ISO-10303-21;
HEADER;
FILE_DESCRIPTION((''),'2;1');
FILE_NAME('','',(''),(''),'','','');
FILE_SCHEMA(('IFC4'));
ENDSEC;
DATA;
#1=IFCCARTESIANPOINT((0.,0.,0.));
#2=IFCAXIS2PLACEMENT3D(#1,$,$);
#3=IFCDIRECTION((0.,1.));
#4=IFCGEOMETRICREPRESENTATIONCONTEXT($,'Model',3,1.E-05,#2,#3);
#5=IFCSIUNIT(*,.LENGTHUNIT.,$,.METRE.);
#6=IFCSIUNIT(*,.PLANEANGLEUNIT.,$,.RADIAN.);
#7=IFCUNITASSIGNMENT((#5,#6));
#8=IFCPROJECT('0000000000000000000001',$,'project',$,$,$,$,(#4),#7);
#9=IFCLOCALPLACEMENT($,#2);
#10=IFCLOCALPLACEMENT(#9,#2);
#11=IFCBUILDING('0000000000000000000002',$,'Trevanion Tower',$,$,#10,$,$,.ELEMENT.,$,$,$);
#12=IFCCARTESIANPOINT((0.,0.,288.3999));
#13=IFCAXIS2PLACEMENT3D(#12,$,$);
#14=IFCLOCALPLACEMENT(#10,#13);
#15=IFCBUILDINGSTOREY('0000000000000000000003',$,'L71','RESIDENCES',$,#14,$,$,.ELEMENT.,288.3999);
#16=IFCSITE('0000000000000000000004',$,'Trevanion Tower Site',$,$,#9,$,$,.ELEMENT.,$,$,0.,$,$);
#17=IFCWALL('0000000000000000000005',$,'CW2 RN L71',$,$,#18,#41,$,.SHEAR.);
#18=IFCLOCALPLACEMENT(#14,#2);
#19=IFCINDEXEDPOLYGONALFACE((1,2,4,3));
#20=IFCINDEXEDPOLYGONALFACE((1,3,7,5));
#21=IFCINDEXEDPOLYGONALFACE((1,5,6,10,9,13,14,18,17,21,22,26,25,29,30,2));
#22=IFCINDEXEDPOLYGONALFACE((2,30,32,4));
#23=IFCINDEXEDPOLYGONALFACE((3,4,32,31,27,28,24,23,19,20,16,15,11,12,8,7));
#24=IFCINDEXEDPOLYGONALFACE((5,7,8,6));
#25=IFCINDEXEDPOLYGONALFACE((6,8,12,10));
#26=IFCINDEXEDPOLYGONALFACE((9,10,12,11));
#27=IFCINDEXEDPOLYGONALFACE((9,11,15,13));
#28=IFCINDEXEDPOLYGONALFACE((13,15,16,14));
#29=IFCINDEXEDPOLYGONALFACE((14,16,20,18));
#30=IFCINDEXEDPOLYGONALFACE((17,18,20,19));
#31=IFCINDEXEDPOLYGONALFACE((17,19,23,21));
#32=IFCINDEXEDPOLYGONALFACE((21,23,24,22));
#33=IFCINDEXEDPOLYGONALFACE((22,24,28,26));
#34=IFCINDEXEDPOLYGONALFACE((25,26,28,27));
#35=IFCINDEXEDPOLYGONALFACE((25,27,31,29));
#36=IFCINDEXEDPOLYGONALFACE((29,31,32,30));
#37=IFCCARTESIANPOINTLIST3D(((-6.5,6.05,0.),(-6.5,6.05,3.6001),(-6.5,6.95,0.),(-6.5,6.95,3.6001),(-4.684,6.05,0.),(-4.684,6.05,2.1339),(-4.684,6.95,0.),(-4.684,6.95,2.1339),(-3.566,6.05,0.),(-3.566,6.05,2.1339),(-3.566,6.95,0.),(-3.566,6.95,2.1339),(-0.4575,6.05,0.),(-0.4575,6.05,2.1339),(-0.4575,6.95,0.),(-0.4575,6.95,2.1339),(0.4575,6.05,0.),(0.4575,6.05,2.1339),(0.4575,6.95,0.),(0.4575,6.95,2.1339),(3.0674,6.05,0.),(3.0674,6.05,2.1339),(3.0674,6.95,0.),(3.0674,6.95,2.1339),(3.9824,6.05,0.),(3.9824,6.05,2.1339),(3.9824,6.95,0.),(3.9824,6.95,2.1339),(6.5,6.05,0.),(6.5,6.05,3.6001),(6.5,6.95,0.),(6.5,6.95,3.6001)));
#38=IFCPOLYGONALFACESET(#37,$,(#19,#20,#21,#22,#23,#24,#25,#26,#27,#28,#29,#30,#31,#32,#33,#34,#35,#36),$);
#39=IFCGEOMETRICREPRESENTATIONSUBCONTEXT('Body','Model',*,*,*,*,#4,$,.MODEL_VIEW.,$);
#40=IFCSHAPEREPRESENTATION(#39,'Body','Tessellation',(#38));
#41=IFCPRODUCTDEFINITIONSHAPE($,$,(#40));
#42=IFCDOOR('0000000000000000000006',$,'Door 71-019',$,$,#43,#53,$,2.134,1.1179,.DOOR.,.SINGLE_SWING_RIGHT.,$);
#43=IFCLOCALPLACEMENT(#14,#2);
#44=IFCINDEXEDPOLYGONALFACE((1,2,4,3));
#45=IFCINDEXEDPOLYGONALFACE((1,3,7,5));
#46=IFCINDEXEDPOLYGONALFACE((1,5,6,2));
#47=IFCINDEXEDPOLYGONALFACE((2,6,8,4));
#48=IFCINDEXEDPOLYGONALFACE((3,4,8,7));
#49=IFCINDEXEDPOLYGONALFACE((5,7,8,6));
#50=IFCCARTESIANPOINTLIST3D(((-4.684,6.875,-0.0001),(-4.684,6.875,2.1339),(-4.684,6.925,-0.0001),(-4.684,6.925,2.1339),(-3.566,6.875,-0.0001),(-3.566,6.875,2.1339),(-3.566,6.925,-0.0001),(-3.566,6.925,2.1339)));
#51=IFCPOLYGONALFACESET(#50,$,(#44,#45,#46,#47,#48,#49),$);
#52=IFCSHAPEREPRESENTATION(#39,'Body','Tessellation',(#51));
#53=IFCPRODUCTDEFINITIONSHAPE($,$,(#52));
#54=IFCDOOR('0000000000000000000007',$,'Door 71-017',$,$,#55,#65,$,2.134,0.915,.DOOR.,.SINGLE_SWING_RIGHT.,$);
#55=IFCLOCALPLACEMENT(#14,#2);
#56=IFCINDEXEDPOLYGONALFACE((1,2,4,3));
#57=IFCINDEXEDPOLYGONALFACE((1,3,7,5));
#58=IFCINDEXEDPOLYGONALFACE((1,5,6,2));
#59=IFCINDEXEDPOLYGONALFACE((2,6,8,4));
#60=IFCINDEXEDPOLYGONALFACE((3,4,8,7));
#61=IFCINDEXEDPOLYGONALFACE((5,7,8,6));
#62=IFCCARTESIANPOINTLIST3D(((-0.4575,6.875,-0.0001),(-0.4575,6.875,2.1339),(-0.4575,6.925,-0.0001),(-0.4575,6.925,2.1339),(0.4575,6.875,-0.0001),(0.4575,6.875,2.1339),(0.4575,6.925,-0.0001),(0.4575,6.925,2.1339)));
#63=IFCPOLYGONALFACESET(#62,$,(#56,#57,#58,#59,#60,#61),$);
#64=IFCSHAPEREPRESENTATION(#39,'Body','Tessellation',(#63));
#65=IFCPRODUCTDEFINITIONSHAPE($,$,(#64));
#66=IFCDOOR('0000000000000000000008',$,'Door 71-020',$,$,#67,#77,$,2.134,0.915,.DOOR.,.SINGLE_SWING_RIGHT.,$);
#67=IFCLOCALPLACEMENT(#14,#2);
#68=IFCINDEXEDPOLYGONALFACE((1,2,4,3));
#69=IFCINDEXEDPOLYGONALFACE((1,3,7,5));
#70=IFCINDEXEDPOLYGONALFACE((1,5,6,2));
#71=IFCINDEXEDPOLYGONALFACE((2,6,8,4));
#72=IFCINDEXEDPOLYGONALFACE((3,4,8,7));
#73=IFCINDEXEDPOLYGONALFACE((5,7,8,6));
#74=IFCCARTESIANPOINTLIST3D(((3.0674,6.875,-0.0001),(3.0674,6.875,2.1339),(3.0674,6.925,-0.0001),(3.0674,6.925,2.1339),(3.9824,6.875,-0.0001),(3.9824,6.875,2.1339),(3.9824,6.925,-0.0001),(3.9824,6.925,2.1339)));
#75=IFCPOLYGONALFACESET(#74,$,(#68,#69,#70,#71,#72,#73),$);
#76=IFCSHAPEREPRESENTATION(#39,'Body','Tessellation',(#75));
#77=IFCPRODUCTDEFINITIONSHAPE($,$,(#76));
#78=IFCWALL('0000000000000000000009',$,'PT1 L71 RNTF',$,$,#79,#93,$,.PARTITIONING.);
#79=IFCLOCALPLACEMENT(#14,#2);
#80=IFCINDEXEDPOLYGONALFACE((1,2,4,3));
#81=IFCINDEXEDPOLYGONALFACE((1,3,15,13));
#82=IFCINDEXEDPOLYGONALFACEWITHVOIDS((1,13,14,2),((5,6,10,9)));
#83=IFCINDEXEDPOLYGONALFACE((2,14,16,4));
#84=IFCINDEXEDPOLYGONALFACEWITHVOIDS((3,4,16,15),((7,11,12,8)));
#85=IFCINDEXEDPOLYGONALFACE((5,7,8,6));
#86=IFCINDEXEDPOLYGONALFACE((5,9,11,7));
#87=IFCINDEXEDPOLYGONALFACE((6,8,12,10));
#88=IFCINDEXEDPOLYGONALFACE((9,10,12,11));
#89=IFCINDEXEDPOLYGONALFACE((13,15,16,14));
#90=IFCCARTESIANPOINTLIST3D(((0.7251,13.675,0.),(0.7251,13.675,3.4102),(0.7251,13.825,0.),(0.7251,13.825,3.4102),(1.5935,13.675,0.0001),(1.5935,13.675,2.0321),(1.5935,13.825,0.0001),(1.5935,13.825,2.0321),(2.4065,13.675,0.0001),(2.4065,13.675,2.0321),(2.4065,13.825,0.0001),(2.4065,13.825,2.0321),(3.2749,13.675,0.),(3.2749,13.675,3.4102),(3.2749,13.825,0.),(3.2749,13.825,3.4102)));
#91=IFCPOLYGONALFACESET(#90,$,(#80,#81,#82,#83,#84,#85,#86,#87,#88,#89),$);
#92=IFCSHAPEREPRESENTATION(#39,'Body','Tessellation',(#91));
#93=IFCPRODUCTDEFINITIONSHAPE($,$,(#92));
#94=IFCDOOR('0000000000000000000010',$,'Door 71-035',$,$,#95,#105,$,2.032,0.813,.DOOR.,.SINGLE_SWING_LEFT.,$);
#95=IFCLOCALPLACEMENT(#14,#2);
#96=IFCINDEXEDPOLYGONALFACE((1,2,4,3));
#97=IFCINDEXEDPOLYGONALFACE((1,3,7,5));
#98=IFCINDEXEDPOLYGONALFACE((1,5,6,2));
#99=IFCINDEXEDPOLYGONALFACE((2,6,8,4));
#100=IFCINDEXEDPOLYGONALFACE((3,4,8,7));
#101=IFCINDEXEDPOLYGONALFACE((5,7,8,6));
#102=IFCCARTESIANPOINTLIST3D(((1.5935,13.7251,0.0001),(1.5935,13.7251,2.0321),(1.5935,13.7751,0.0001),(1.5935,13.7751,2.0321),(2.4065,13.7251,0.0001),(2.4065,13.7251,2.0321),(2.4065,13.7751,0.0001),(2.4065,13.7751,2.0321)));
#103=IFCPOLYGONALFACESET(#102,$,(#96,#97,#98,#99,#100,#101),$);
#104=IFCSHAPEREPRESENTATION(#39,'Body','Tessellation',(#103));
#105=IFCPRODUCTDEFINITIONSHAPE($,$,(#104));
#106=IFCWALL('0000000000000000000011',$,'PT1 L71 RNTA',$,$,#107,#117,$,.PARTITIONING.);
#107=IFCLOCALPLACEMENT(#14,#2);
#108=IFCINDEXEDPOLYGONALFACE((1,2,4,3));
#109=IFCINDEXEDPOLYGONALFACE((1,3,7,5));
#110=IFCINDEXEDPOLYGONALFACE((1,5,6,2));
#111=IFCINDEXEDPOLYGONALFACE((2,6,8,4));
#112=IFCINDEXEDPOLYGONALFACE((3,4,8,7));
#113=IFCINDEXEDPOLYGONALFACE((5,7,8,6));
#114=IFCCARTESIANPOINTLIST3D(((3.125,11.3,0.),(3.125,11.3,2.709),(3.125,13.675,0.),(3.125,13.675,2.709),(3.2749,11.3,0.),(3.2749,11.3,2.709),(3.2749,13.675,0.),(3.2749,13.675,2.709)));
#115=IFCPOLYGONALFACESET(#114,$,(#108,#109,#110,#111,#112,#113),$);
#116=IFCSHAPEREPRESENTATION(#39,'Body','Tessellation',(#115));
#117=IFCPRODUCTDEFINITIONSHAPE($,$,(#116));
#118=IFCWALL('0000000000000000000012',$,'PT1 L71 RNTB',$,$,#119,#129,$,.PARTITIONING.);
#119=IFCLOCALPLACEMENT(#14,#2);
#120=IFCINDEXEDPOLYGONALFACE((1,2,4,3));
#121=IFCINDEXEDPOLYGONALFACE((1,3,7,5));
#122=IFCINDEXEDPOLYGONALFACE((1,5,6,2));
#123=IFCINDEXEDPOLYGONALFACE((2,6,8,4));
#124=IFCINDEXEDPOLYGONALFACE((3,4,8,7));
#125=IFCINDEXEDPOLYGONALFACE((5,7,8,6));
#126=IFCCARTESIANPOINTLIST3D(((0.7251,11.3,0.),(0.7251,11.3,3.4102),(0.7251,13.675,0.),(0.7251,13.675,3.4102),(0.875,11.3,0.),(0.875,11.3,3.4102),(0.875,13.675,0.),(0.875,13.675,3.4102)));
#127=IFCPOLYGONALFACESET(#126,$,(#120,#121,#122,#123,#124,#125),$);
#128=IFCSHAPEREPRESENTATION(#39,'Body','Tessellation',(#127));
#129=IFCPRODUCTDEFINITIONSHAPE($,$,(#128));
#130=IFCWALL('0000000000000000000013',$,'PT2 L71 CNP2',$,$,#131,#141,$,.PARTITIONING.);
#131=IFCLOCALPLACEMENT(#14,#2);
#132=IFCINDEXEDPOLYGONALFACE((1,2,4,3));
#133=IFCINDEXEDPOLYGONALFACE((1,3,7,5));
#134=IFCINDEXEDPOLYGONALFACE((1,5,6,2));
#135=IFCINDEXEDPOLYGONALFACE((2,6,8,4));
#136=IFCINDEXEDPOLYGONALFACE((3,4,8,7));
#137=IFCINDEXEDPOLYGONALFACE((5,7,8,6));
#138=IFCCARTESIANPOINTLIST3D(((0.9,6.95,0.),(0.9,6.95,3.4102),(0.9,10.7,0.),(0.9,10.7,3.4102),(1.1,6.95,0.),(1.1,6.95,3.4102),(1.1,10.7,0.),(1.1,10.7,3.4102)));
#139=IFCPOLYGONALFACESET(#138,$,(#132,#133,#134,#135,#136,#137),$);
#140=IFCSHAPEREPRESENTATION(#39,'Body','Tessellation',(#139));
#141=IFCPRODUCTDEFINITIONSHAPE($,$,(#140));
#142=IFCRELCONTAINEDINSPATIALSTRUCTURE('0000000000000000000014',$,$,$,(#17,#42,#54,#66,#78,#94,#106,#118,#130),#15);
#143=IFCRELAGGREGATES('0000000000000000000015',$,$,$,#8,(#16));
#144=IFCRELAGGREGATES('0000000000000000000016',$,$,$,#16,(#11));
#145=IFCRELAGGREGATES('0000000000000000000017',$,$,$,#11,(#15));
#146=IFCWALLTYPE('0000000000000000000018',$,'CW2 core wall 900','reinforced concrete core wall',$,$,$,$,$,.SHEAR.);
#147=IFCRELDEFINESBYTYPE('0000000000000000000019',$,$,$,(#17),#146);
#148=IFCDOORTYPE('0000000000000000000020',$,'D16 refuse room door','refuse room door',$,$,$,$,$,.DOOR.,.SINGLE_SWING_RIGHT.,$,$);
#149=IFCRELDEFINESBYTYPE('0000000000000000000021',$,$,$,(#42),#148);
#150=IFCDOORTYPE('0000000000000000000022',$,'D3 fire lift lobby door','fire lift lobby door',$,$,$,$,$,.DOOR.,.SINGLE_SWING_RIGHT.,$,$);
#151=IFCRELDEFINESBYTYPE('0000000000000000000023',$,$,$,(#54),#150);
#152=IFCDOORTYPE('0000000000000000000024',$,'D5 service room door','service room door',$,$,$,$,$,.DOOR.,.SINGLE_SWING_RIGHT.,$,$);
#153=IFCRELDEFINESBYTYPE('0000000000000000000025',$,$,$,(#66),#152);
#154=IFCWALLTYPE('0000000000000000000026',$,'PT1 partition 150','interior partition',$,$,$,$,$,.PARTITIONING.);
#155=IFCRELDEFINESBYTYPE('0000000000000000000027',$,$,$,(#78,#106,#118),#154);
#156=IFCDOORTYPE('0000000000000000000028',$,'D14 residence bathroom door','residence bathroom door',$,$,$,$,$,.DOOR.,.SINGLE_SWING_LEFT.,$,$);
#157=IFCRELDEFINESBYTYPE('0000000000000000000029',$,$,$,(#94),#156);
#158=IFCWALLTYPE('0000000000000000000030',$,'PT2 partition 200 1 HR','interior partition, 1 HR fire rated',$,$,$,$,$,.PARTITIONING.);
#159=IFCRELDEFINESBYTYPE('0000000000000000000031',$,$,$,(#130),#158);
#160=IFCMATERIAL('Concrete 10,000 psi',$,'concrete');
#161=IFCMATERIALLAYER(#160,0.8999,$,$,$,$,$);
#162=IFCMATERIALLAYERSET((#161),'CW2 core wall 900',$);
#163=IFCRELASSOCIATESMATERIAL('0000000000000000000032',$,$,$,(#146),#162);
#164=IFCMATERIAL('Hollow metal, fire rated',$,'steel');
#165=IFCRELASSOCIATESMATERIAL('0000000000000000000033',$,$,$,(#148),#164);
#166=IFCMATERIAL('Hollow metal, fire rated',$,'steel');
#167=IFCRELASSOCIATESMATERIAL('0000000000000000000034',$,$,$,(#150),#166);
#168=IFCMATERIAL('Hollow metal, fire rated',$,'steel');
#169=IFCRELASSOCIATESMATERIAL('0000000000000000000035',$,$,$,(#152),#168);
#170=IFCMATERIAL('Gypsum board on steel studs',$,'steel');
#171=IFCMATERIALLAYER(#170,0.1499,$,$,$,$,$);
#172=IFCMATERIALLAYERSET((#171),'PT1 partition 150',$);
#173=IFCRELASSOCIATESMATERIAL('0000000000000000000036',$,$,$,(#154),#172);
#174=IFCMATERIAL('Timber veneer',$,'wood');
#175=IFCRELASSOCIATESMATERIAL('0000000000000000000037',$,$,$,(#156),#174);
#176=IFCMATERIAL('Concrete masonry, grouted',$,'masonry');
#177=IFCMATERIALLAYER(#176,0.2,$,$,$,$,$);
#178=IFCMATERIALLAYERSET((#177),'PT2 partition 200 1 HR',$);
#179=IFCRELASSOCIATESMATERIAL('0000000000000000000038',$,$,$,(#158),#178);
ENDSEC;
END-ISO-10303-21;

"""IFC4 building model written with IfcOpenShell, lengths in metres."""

from ifc_helpers import new_model, si_unit, direction, frame, frame_2d, origin, place, context, subcontext, project, spatial, rectangle, extrude, material, layer, layer_set, type_object, element, fill, save


model = new_model("IFC4")

# Units and contexts
model_context = context("Model", 3, precision=1e-05, world=origin(), true_north=direction((0.0, 1.0)))
body_context = subcontext(model_context, "Body", "Model", "MODEL_VIEW")
ifc_project = project(units=[si_unit("LENGTHUNIT", "METRE"), si_unit("PLANEANGLEUNIT", "RADIAN")], contexts=[model_context])

# Site, building, storey
site_placement = place(None, origin())
site = spatial("IfcSite", under=ifc_project, at=site_placement, Name="Trevanion Tower Site", CompositionType="ELEMENT", RefElevation=0.0)
building_placement = place(site_placement, origin())
building = spatial("IfcBuilding", under=site, at=building_placement, Name="Trevanion Tower", CompositionType="ELEMENT")
storey_placement = place(building_placement, frame((0.0, 0.0, 288.3999)))
storey = spatial("IfcBuildingStorey", under=building, at=storey_placement, Name="L71", Description="RESIDENCES", CompositionType="ELEMENT", Elevation=288.3999)

# Wall, openings, doors
ifc_material_1 = material(Name="Concrete 10,000 psi", Category="concrete")
ifc_layer_1 = layer(ifc_material_1, 0.8999)
ifc_layer_set_1 = layer_set([ifc_layer_1], Name="CW2 core wall 900")
wall_type_1 = type_object("IfcWallType", Name="CW2 core wall 900", Description="reinforced concrete core wall", PredefinedType="SHEAR", material=ifc_layer_set_1)
wall_1_placement = place(storey_placement, frame((6.5, 6.5, 0.0), z_axis=(0.0, 0.0, 1.0), x_axis=(-1.0, 0.0, 0.0)))
wall_1 = element("IfcWall", 1, at=wall_1_placement, inside=storey, type_object=wall_type_1, Name="CW2 RN L71", PredefinedType="SHEAR", context=body_context, shape_type="SweptSolid", body=[
    extrude(rectangle(XDim=13.0, YDim=0.8999, at=frame_2d((6.5, 0.0))), origin(), (0.0, 0.0, 1.0), 3.6001),
])
opening_1_placement = place(wall_1_placement, frame((6.0425, 0.0, 0.0)))
opening_1 = element("IfcOpeningElement", 2, at=opening_1_placement, cuts=wall_1, PredefinedType="OPENING", context=body_context, shape_type="SweptSolid", body=[
    extrude(rectangle(XDim=0.915, YDim=2.134, at=frame_2d((0.4575, 1.0669))), frame((0.0, 0.46, 0.0), z_axis=(0.0, -1.0, 0.0), x_axis=(1.0, 0.0, 0.0)), (0.0, 0.0, 1.0), 0.9199),
])
opening_2_placement = place(wall_1_placement, frame((10.0659, 0.0, 0.0)))
opening_2 = element("IfcOpeningElement", 3, at=opening_2_placement, cuts=wall_1, PredefinedType="OPENING", context=body_context, shape_type="SweptSolid", body=[
    extrude(rectangle(XDim=1.1179, YDim=2.134, at=frame_2d((0.5591, 1.0669))), frame((0.0, 0.46, 0.0), z_axis=(0.0, -1.0, 0.0), x_axis=(1.0, 0.0, 0.0)), (0.0, 0.0, 1.0), 0.9199),
])
opening_3_placement = place(wall_1_placement, frame((2.5176, 0.0, 0.0)))
opening_3 = element("IfcOpeningElement", 4, at=opening_3_placement, cuts=wall_1, PredefinedType="OPENING", context=body_context, shape_type="SweptSolid", body=[
    extrude(rectangle(XDim=0.915, YDim=2.134, at=frame_2d((0.4575, 1.0669))), frame((0.0, 0.46, 0.0), z_axis=(0.0, -1.0, 0.0), x_axis=(1.0, 0.0, 0.0)), (0.0, 0.0, 1.0), 0.9199),
])
ifc_material_2 = material(Name="Hollow metal, fire rated", Category="steel")
door_type_1 = type_object("IfcDoorType", Name="D16 refuse room door", Description="refuse room door", OperationType="SINGLE_SWING_RIGHT", PredefinedType="DOOR", material=ifc_material_2)
door_1_placement = place(opening_2_placement, origin())
door_1 = element("IfcDoor", 5, at=door_1_placement, inside=storey, type_object=door_type_1, Name="Door 71-019", OperationType="SINGLE_SWING_RIGHT", OverallHeight=2.134, OverallWidth=1.1179, PredefinedType="DOOR", context=body_context, shape_type="SweptSolid", body=[
    extrude(rectangle(XDim=1.1179, YDim=2.134, at=frame_2d((0.5591, 1.0669))), frame((0.0, -0.375, 0.0), z_axis=(0.0, -1.0, 0.0), x_axis=(1.0, 0.0, 0.0)), (0.0, 0.0, 1.0), 0.05),
])
fill(opening_2, door_1)
ifc_material_3 = material(Name="Hollow metal, fire rated", Category="steel")
door_type_2 = type_object("IfcDoorType", Name="D3 fire lift lobby door", Description="fire lift lobby door", OperationType="SINGLE_SWING_RIGHT", PredefinedType="DOOR", material=ifc_material_3)
door_2_placement = place(opening_1_placement, origin())
door_2 = element("IfcDoor", 6, at=door_2_placement, inside=storey, type_object=door_type_2, Name="Door 71-017", OperationType="SINGLE_SWING_RIGHT", OverallHeight=2.134, OverallWidth=0.915, PredefinedType="DOOR", context=body_context, shape_type="SweptSolid", body=[
    extrude(rectangle(XDim=0.915, YDim=2.134, at=frame_2d((0.4575, 1.0669))), frame((0.0, -0.375, 0.0), z_axis=(0.0, -1.0, 0.0), x_axis=(1.0, 0.0, 0.0)), (0.0, 0.0, 1.0), 0.05),
])
fill(opening_1, door_2)
ifc_material_4 = material(Name="Hollow metal, fire rated", Category="steel")
door_type_3 = type_object("IfcDoorType", Name="D5 service room door", Description="service room door", OperationType="SINGLE_SWING_RIGHT", PredefinedType="DOOR", material=ifc_material_4)
door_3_placement = place(opening_3_placement, origin())
door_3 = element("IfcDoor", 7, at=door_3_placement, inside=storey, type_object=door_type_3, Name="Door 71-020", OperationType="SINGLE_SWING_RIGHT", OverallHeight=2.134, OverallWidth=0.915, PredefinedType="DOOR", context=body_context, shape_type="SweptSolid", body=[
    extrude(rectangle(XDim=0.915, YDim=2.134, at=frame_2d((0.4575, 1.0669))), frame((0.0, -0.375, 0.0), z_axis=(0.0, -1.0, 0.0), x_axis=(1.0, 0.0, 0.0)), (0.0, 0.0, 1.0), 0.05),
])
fill(opening_3, door_3)

# Wall, opening, door
ifc_material_5 = material(Name="Gypsum board on steel studs", Category="steel")
ifc_layer_2 = layer(ifc_material_5, 0.1499)
ifc_layer_set_2 = layer_set([ifc_layer_2], Name="PT1 partition 150")
wall_type_2 = type_object("IfcWallType", Name="PT1 partition 150", Description="interior partition", PredefinedType="PARTITIONING", material=ifc_layer_set_2)
wall_2_placement = place(storey_placement, frame((3.2749, 13.75, 0.0), z_axis=(0.0, 0.0, 1.0), x_axis=(-1.0, 0.0, 0.0)))
wall_2 = element("IfcWall", 8, at=wall_2_placement, inside=storey, type_object=wall_type_2, Name="PT1 L71 RNTF", PredefinedType="PARTITIONING", context=body_context, shape_type="SweptSolid", body=[
    extrude(rectangle(XDim=2.5498, YDim=0.1499, at=frame_2d((1.2749, 0.0))), origin(), (0.0, 0.0, 1.0), 3.4102),
])
opening_4_placement = place(wall_2_placement, frame((0.8684, 0.0, 0.0)))
opening_4 = element("IfcOpeningElement", 9, at=opening_4_placement, cuts=wall_2, PredefinedType="OPENING", context=body_context, shape_type="SweptSolid", body=[
    extrude(rectangle(XDim=0.813, YDim=2.032, at=frame_2d((0.4065, 1.0161))), frame((0.0, 0.085, 0.0), z_axis=(0.0, -1.0, 0.0), x_axis=(1.0, 0.0, 0.0)), (0.0, 0.0, 1.0), 0.1699),
])
ifc_material_6 = material(Name="Timber veneer", Category="wood")
door_type_4 = type_object("IfcDoorType", Name="D14 residence bathroom door", Description="residence bathroom door", OperationType="SINGLE_SWING_LEFT", PredefinedType="DOOR", material=ifc_material_6)
door_4_placement = place(opening_4_placement, origin())
door_4 = element("IfcDoor", 10, at=door_4_placement, inside=storey, type_object=door_type_4, Name="Door 71-035", OperationType="SINGLE_SWING_LEFT", OverallHeight=2.032, OverallWidth=0.813, PredefinedType="DOOR", context=body_context, shape_type="SweptSolid", body=[
    extrude(rectangle(XDim=0.813, YDim=2.032, at=frame_2d((0.4065, 1.0161))), frame((0.0, 0.0249, 0.0), z_axis=(0.0, -1.0, 0.0), x_axis=(1.0, 0.0, 0.0)), (0.0, 0.0, 1.0), 0.05),
])
fill(opening_4, door_4)

# Walls
wall_3_placement = place(storey_placement, frame((3.2, 11.3, 0.0), z_axis=(0.0, 0.0, 1.0), x_axis=(0.0, 1.0, 0.0)))
element("IfcWall", 11, at=wall_3_placement, inside=storey, type_object=wall_type_2, Name="PT1 L71 RNTA", PredefinedType="PARTITIONING", context=body_context, shape_type="SweptSolid", body=[
    extrude(rectangle(XDim=2.375, YDim=0.1499, at=frame_2d((1.1875, 0.0))), origin(), (0.0, 0.0, 1.0), 2.709),
])
wall_4_placement = place(storey_placement, frame((0.8, 11.3, 0.0), z_axis=(0.0, 0.0, 1.0), x_axis=(0.0, 1.0, 0.0)))
element("IfcWall", 12, at=wall_4_placement, inside=storey, type_object=wall_type_2, Name="PT1 L71 RNTB", PredefinedType="PARTITIONING", context=body_context, shape_type="SweptSolid", body=[
    extrude(rectangle(XDim=2.375, YDim=0.1499, at=frame_2d((1.1875, 0.0))), origin(), (0.0, 0.0, 1.0), 3.4102),
])
ifc_material_7 = material(Name="Concrete masonry, grouted", Category="masonry")
ifc_layer_3 = layer(ifc_material_7, 0.2)
ifc_layer_set_3 = layer_set([ifc_layer_3], Name="PT2 partition 200 1 HR")
wall_type_3 = type_object("IfcWallType", Name="PT2 partition 200 1 HR", Description="interior partition, 1 HR fire rated", PredefinedType="PARTITIONING", material=ifc_layer_set_3)
wall_5_placement = place(storey_placement, frame((1.0, 6.95, 0.0), z_axis=(0.0, 0.0, 1.0), x_axis=(0.0, 1.0, 0.0)))
element("IfcWall", 13, at=wall_5_placement, inside=storey, type_object=wall_type_3, Name="PT2 L71 CNP2", PredefinedType="PARTITIONING", context=body_context, shape_type="SweptSolid", body=[
    extrude(rectangle(XDim=3.75, YDim=0.2, at=frame_2d((1.875, 0.0))), origin(), (0.0, 0.0, 1.0), 3.4102),
])

save(model, "model.ifc")
